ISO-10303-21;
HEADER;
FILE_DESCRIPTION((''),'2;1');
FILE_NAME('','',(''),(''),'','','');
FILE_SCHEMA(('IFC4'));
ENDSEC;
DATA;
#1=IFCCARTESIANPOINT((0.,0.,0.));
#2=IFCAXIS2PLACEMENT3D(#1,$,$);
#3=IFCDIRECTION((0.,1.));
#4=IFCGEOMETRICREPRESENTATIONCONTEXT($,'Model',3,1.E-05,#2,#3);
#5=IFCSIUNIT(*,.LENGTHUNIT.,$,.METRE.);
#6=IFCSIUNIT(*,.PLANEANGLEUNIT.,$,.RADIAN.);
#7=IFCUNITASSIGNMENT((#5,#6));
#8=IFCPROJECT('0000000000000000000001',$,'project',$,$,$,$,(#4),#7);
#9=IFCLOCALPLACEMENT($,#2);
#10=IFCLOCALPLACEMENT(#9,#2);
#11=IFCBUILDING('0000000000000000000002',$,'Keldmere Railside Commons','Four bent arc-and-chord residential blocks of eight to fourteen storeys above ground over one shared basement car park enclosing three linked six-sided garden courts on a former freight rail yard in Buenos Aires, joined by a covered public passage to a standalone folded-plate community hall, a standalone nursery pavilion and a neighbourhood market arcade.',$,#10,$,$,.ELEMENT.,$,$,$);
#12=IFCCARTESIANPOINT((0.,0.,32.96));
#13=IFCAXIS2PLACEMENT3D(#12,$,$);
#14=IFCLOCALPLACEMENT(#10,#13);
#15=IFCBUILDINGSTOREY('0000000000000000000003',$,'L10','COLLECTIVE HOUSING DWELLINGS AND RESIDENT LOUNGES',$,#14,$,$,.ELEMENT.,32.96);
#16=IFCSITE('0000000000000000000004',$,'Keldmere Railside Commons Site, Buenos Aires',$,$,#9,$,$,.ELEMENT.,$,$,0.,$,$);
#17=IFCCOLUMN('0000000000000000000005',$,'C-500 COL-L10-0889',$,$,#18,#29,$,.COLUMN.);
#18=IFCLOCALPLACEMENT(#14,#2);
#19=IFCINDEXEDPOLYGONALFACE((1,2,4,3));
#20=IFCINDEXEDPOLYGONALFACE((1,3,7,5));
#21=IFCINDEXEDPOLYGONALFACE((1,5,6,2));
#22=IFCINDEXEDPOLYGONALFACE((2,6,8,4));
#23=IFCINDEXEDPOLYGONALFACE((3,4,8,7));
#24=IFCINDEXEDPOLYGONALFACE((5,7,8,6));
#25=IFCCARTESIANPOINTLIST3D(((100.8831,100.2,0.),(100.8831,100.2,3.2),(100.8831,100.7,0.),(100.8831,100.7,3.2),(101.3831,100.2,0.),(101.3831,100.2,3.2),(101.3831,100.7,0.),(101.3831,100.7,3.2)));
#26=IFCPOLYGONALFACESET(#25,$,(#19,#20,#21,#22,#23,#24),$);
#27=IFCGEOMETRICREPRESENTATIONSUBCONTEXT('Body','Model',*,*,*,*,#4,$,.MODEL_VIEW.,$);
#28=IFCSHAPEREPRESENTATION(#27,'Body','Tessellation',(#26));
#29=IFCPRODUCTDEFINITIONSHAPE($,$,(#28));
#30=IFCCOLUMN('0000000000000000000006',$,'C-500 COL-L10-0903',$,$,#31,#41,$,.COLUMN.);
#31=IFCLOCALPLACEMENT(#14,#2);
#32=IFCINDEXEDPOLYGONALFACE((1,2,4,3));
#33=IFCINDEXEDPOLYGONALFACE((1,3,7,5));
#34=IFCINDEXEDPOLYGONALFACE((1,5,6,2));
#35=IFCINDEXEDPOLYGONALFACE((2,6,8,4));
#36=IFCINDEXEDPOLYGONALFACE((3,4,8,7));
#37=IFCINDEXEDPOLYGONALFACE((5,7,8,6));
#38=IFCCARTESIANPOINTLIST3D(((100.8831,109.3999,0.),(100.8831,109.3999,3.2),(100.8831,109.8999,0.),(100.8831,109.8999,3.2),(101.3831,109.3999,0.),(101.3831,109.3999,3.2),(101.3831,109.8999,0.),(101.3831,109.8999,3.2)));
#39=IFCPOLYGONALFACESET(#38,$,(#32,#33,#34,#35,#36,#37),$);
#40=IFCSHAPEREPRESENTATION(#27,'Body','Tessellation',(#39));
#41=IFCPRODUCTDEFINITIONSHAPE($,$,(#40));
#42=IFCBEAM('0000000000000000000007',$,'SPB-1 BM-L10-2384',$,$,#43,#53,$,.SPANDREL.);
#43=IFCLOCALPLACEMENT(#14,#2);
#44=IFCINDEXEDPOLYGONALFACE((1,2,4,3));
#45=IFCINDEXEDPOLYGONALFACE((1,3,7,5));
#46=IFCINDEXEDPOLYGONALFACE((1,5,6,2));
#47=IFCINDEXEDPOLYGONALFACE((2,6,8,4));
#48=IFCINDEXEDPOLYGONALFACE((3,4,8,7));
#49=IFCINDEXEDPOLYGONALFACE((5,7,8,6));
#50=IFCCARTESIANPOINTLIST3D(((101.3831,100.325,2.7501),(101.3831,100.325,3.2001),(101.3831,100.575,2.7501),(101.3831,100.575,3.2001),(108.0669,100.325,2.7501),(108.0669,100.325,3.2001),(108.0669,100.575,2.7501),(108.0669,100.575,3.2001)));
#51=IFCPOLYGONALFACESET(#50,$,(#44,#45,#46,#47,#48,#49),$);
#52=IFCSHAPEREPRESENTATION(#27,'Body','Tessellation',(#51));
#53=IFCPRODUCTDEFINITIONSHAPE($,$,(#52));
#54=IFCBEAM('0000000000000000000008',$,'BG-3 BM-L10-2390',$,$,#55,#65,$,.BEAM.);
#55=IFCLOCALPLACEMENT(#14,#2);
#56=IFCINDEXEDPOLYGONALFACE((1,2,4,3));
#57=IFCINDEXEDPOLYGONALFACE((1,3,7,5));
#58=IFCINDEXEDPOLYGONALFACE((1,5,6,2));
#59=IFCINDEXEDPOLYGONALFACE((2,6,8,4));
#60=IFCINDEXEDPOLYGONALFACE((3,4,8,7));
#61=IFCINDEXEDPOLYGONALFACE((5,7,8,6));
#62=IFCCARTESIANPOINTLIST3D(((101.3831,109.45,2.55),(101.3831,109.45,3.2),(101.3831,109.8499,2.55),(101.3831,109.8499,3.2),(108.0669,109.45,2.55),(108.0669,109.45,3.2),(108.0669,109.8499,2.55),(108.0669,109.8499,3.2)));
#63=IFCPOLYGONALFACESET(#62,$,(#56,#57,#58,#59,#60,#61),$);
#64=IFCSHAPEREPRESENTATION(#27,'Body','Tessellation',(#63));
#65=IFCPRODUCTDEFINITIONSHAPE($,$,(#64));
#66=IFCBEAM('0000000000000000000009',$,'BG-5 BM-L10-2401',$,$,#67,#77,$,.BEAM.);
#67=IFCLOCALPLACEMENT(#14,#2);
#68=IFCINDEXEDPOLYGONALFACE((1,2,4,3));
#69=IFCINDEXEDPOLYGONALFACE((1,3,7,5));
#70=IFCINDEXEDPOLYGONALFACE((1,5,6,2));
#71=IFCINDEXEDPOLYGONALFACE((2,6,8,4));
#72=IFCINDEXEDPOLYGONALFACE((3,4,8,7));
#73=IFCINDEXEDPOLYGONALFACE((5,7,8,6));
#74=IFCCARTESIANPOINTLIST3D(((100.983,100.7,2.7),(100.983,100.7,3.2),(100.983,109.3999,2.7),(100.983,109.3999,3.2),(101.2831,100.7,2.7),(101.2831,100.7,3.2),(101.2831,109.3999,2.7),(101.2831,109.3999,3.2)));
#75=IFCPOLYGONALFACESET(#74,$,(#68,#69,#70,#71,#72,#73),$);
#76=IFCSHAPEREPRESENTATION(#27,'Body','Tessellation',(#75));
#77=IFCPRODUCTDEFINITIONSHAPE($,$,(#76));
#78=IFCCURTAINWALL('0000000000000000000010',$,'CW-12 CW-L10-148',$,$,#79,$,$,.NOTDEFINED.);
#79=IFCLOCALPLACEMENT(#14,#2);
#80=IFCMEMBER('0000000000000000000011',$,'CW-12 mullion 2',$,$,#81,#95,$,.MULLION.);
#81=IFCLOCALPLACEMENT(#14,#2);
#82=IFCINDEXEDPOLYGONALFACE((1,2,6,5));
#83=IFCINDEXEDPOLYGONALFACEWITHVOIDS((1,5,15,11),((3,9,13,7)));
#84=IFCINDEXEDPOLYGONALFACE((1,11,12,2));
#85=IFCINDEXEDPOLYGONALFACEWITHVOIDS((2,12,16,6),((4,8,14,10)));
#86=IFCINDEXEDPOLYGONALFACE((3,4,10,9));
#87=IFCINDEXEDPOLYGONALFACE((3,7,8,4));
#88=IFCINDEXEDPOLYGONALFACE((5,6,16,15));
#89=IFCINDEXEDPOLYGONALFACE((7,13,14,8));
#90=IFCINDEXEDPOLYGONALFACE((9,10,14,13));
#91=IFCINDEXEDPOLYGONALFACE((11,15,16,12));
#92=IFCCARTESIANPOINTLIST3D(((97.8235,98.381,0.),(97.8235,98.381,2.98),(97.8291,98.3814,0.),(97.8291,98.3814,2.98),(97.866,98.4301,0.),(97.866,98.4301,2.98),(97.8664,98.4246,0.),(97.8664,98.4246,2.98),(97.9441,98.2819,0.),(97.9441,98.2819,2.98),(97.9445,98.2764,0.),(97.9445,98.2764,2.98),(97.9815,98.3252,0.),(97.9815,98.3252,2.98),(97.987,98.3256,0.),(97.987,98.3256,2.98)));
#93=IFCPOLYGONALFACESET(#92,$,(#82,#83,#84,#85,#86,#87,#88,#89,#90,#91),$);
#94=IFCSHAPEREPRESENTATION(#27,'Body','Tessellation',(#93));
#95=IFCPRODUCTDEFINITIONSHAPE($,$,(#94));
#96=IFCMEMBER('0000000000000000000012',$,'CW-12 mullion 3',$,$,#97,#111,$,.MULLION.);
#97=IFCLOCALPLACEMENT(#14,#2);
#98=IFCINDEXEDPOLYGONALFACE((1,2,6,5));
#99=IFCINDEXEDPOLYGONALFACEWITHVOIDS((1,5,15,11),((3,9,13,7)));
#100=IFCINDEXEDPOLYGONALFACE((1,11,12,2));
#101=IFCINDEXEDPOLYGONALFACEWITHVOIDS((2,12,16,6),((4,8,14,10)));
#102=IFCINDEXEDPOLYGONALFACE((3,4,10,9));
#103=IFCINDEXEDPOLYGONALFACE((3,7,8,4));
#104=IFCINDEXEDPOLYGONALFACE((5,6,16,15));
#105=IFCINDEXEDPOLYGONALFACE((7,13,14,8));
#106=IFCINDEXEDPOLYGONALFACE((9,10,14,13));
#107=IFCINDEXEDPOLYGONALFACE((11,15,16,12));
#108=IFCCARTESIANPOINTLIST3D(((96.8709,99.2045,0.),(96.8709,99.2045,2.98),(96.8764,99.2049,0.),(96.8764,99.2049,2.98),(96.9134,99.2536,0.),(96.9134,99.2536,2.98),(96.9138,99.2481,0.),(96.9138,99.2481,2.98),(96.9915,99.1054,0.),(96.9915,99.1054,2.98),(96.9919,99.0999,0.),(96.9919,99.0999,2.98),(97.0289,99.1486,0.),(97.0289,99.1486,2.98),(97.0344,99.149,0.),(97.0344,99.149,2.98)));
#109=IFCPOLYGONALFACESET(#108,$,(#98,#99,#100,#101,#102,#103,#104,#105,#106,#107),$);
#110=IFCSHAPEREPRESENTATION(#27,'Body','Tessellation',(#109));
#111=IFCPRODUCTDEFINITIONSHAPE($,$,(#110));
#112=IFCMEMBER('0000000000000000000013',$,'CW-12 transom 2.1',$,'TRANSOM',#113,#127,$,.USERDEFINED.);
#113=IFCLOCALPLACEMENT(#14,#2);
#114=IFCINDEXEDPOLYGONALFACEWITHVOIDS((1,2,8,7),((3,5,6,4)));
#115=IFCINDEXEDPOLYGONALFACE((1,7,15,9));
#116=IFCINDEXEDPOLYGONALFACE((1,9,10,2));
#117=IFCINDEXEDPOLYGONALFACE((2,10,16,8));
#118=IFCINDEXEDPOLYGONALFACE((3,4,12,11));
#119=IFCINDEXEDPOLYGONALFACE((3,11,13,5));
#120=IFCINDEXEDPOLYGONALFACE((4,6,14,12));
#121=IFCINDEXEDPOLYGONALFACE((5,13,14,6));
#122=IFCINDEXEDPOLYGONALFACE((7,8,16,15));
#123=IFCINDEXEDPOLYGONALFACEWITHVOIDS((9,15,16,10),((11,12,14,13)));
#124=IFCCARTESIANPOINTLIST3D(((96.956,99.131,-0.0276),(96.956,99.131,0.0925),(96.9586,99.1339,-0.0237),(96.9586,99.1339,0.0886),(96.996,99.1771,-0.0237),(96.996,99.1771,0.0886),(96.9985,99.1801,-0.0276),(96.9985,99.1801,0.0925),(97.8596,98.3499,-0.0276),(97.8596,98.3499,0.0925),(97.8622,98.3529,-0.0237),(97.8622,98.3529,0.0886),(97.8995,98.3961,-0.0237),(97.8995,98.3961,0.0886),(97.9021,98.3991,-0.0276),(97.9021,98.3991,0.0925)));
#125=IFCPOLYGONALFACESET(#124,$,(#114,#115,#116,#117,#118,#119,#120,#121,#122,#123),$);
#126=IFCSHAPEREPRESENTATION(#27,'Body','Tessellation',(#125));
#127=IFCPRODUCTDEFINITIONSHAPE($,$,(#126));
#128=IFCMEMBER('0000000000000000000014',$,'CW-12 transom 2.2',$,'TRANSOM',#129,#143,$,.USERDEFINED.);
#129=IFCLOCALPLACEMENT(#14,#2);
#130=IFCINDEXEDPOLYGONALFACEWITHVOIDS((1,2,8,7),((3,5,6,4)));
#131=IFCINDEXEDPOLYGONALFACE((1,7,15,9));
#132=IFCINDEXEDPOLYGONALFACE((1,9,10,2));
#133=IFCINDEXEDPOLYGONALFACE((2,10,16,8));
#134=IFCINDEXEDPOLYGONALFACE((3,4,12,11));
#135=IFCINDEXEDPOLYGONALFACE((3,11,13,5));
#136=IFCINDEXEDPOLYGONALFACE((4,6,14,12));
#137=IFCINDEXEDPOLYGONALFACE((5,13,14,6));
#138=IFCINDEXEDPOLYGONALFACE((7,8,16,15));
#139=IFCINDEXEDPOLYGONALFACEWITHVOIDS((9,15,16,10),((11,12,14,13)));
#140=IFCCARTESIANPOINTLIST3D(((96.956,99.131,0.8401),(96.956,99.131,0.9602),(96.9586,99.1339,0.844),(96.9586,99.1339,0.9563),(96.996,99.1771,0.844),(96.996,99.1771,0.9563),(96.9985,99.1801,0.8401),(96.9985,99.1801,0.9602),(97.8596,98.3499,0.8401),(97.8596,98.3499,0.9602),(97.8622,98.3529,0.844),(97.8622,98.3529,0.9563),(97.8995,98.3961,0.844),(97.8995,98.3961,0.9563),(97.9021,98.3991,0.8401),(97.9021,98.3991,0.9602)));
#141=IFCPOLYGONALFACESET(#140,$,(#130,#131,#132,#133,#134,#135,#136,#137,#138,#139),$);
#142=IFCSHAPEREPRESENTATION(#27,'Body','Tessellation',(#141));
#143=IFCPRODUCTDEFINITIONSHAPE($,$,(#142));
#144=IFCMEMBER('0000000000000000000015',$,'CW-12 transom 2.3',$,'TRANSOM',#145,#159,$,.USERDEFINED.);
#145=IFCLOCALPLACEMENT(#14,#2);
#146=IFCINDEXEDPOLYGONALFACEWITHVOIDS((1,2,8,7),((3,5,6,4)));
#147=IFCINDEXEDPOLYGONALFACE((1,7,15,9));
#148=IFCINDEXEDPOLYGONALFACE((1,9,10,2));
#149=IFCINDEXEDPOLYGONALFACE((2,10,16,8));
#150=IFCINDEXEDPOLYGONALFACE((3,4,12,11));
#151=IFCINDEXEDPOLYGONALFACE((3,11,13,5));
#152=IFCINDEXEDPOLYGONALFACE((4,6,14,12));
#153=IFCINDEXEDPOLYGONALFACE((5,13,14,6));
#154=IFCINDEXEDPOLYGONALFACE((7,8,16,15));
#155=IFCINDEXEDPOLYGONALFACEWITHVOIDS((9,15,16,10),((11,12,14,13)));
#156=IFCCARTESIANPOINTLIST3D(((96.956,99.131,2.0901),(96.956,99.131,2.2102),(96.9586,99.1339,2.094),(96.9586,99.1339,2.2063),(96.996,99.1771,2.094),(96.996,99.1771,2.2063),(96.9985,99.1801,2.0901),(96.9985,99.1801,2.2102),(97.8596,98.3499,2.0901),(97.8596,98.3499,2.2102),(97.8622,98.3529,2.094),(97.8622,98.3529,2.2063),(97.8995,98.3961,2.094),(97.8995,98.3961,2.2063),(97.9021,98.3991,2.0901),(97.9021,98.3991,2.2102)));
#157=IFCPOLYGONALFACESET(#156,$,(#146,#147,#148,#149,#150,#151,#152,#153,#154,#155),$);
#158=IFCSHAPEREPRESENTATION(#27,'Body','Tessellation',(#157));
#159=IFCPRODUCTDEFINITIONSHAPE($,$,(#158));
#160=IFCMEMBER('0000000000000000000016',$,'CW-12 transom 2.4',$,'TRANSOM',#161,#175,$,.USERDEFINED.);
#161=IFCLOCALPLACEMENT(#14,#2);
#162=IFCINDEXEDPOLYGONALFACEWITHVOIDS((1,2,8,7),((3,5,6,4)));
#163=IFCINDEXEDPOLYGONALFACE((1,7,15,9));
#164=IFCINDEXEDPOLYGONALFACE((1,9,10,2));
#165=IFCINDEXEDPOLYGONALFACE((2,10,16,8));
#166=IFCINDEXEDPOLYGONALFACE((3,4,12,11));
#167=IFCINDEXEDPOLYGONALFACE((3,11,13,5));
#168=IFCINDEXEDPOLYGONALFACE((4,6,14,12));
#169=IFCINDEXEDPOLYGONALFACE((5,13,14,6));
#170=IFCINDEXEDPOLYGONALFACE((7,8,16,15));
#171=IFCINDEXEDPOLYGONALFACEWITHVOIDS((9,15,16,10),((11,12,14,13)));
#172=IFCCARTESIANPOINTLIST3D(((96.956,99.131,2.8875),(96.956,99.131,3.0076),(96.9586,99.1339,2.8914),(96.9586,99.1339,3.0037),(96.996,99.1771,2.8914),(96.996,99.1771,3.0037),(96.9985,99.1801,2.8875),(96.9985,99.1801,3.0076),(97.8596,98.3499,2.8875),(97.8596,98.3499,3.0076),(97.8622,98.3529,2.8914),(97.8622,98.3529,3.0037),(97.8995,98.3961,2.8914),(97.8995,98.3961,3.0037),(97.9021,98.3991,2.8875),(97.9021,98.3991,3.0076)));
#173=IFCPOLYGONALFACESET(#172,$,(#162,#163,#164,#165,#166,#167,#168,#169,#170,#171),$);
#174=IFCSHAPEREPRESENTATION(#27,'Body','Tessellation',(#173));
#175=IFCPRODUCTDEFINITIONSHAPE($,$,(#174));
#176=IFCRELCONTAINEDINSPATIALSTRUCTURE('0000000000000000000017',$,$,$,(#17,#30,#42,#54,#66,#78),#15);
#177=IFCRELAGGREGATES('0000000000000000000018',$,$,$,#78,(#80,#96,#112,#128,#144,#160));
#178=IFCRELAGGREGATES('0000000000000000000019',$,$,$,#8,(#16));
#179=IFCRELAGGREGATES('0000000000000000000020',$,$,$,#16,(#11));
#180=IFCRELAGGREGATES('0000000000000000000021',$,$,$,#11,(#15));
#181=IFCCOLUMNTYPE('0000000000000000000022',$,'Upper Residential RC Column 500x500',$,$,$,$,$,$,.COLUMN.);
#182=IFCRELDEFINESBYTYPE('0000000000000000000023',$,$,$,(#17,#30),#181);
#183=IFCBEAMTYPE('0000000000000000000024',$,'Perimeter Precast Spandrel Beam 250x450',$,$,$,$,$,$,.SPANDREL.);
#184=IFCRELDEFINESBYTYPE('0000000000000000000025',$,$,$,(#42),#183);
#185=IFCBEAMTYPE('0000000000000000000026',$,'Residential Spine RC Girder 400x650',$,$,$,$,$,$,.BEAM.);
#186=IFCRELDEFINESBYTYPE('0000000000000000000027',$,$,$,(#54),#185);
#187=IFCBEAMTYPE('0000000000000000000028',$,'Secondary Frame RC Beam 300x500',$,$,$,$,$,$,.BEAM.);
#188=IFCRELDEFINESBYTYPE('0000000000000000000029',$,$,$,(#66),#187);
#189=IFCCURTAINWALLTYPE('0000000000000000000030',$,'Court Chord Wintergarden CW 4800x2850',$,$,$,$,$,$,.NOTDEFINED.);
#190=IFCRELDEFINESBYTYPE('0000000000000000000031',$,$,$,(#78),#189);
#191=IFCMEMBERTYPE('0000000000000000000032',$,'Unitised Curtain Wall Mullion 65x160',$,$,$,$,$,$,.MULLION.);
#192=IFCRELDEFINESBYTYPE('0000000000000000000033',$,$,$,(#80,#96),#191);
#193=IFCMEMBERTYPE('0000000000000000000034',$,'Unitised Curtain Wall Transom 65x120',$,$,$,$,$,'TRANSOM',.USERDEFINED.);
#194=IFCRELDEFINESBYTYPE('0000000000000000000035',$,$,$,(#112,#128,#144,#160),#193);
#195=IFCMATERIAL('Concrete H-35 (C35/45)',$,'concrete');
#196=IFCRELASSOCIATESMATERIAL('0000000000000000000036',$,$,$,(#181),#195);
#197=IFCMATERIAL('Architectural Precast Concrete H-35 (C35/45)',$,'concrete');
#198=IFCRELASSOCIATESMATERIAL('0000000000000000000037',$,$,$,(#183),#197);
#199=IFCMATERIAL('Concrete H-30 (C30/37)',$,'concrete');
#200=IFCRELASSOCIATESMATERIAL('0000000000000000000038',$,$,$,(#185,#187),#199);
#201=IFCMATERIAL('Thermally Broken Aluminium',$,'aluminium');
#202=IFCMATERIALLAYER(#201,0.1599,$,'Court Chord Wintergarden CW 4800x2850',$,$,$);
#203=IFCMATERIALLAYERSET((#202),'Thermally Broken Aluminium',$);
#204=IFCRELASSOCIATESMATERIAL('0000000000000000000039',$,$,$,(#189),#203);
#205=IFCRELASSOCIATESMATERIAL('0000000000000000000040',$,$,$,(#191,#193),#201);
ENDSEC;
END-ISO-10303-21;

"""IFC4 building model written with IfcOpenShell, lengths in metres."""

from ifc_helpers import new_model, si_unit, direction, frame, origin, origin_2d, place, context, subcontext, project, spatial, rectangle, hollow_rectangle, extrude, material, layer, layer_set, material_profile, profile_set, type_object, element, aggregate, save


model = new_model("IFC4")

# Units and contexts
model_context = context("Model", 3, precision=1e-05, world=origin(), true_north=direction((0.0, 1.0)))
body_context = subcontext(model_context, "Body", "Model", "MODEL_VIEW")
ifc_project = project(units=[si_unit("LENGTHUNIT", "METRE"), si_unit("PLANEANGLEUNIT", "RADIAN")], contexts=[model_context])

# Site, building, storey
site_placement = place(None, origin())
site = spatial("IfcSite", under=ifc_project, at=site_placement, Name="Keldmere Railside Commons Site, Buenos Aires", CompositionType="ELEMENT", RefElevation=0.0)
building_placement = place(site_placement, origin())
building = spatial("IfcBuilding", under=site, at=building_placement, Name="Keldmere Railside Commons", Description="Four bent arc-and-chord residential blocks of eight to fourteen storeys above ground over one shared basement car park enclosing three linked six-sided garden courts on a former freight rail yard in Buenos Aires, joined by a covered public passage to a standalone folded-plate community hall, a standalone nursery pavilion and a neighbourhood market arcade.", CompositionType="ELEMENT")
storey_placement = place(building_placement, frame((0.0, 0.0, 32.96)))
storey = spatial("IfcBuildingStorey", under=building, at=storey_placement, Name="L10", Description="COLLECTIVE HOUSING DWELLINGS AND RESIDENT LOUNGES", CompositionType="ELEMENT", Elevation=32.96)

# Columns
ifc_material_1 = material(Name="Concrete H-35 (C35/45)", Category="concrete")
ifc_material_profile_1 = material_profile(ifc_material_1, rectangle(XDim=0.5, YDim=0.5, at=origin_2d()), Name="RC-500x500")
ifc_profile_set_1 = profile_set([ifc_material_profile_1], Name="Concrete H-35 (C35/45)")
column_type = type_object("IfcColumnType", Name="Upper Residential RC Column 500x500", PredefinedType="COLUMN", material=ifc_profile_set_1)
for number, where, z_axis, x_axis, name in (
    (1, (101.1331, 100.45, 0.0), (0.0, 0.0, 1.0), (1.0, 0.0, 0.0), "C-500 COL-L10-0889"),
    (2, (101.1331, 109.6499, 0.0), (0.0, 0.0, 1.0), (1.0, 0.0, 0.0), "C-500 COL-L10-0903"),
):
    element("IfcColumn", number, at=place(storey_placement, frame(where, z_axis=z_axis, x_axis=x_axis)), inside=storey, type_object=column_type, Name=name, PredefinedType="COLUMN", context=body_context, shape_type="SweptSolid", body=[
        extrude(rectangle(XDim=0.5, YDim=0.5, at=origin_2d()), origin(), (0.0, 0.0, 1.0), 3.2),
    ])

# Beams
ifc_material_2 = material(Name="Architectural Precast Concrete H-35 (C35/45)", Category="concrete")
ifc_material_profile_2 = material_profile(ifc_material_2, rectangle(XDim=0.25, YDim=0.45, at=origin_2d()), Name="RC-250x450")
ifc_profile_set_2 = profile_set([ifc_material_profile_2], Name="Architectural Precast Concrete H-35 (C35/45)")
beam_type_1 = type_object("IfcBeamType", Name="Perimeter Precast Spandrel Beam 250x450", PredefinedType="SPANDREL", material=ifc_profile_set_2)
beam_1_placement = place(storey_placement, frame((101.3831, 100.45, 2.9751), z_axis=(1.0, 0.0, 0.0), x_axis=(0.0, 1.0, 0.0)))
element("IfcBeam", 3, at=beam_1_placement, inside=storey, type_object=beam_type_1, Name="SPB-1 BM-L10-2384", PredefinedType="SPANDREL", context=body_context, shape_type="SweptSolid", body=[
    extrude(rectangle(XDim=0.25, YDim=0.45, at=origin_2d()), origin(), (0.0, 0.0, 1.0), 6.6838),
])
ifc_material_3 = material(Name="Concrete H-30 (C30/37)", Category="concrete")
ifc_material_profile_3 = material_profile(ifc_material_3, rectangle(XDim=0.3999, YDim=0.6499, at=origin_2d()), Name="RC-400x650")
ifc_profile_set_3 = profile_set([ifc_material_profile_3], Name="Concrete H-30 (C30/37)")
beam_type_2 = type_object("IfcBeamType", Name="Residential Spine RC Girder 400x650", PredefinedType="BEAM", material=ifc_profile_set_3)
beam_2_placement = place(storey_placement, frame((101.3831, 109.6499, 2.875), z_axis=(1.0, 0.0, 0.0), x_axis=(0.0, 1.0, 0.0)))
element("IfcBeam", 4, at=beam_2_placement, inside=storey, type_object=beam_type_2, Name="BG-3 BM-L10-2390", PredefinedType="BEAM", context=body_context, shape_type="SweptSolid", body=[
    extrude(rectangle(XDim=0.3999, YDim=0.6499, at=origin_2d()), origin(), (0.0, 0.0, 1.0), 6.6838),
])
ifc_material_profile_4 = material_profile(ifc_material_3, rectangle(XDim=0.3, YDim=0.5, at=origin_2d()), Name="RC-300x500")
ifc_profile_set_4 = profile_set([ifc_material_profile_4], Name="Concrete H-30 (C30/37)")
beam_type_3 = type_object("IfcBeamType", Name="Secondary Frame RC Beam 300x500", PredefinedType="BEAM", material=ifc_profile_set_4)
beam_3_placement = place(storey_placement, frame((101.1331, 100.7, 2.95), z_axis=(0.0, 1.0, 0.0), x_axis=(-1.0, 0.0, 0.0)))
element("IfcBeam", 5, at=beam_3_placement, inside=storey, type_object=beam_type_3, Name="BG-5 BM-L10-2401", PredefinedType="BEAM", context=body_context, shape_type="SweptSolid", body=[
    extrude(rectangle(XDim=0.3, YDim=0.5, at=origin_2d()), origin(), (0.0, 0.0, 1.0), 8.7),
])

# Curtain wall, members
ifc_material_4 = material(Name="Thermally Broken Aluminium", Category="aluminium")
ifc_layer_1 = layer(ifc_material_4, 0.1599, Name="Court Chord Wintergarden CW 4800x2850")
ifc_layer_set_1 = layer_set([ifc_layer_1], Name="Thermally Broken Aluminium")
curtain_wall_type = type_object("IfcCurtainWallType", Name="Court Chord Wintergarden CW 4800x2850", PredefinedType="NOTDEFINED", material=ifc_layer_set_1)
curtain_wall_placement = place(storey_placement, origin())
curtain_wall = element("IfcCurtainWall", 6, at=curtain_wall_placement, inside=storey, type_object=curtain_wall_type, Name="CW-12 CW-L10-148", PredefinedType="NOTDEFINED")
ifc_material_profile_5 = material_profile(ifc_material_4, hollow_rectangle(XDim=0.0649, YDim=0.1599, WallThickness=0.0039, at=origin_2d()), Name="ALU-MULL-65x160")
ifc_profile_set_5 = profile_set([ifc_material_profile_5], Name="Thermally Broken Aluminium")
member_type_1 = type_object("IfcMemberType", Name="Unitised Curtain Wall Mullion 65x160", PredefinedType="MULLION", material=ifc_profile_set_5)
member_1_placement = place(storey_placement, frame((97.9053, 98.3533, 0.0), z_axis=(0.0, 0.0, 1.0), x_axis=(-0.653882, -0.756597, 0.0)))
member_1 = element("IfcMember", 7, at=member_1_placement, type_object=member_type_1, Name="CW-12 mullion 2", PredefinedType="MULLION", context=body_context, shape_type="SweptSolid", body=[
    extrude(hollow_rectangle(XDim=0.0649, YDim=0.1599, WallThickness=0.0039, at=origin_2d()), origin(), (0.0, 0.0, 1.0), 2.98),
])
member_2_placement = place(storey_placement, frame((96.9526, 99.1768, 0.0), z_axis=(0.0, 0.0, 1.0), x_axis=(-0.653882, -0.756597, 0.0)))
member_2 = element("IfcMember", 8, at=member_2_placement, type_object=member_type_1, Name="CW-12 mullion 3", PredefinedType="MULLION", context=body_context, shape_type="SweptSolid", body=[
    extrude(hollow_rectangle(XDim=0.0649, YDim=0.1599, WallThickness=0.0039, at=origin_2d()), origin(), (0.0, 0.0, 1.0), 2.98),
])
ifc_material_profile_6 = material_profile(ifc_material_4, hollow_rectangle(XDim=0.0649, YDim=0.1201, WallThickness=0.0039, at=origin_2d()), Name="ALU-TRAN-65x120")
ifc_profile_set_6 = profile_set([ifc_material_profile_6], Name="Thermally Broken Aluminium")
member_type_2 = type_object("IfcMemberType", Name="Unitised Curtain Wall Transom 65x120", ElementType="TRANSOM", PredefinedType="USERDEFINED", material=ifc_profile_set_6)
member_3_placement = place(storey_placement, frame((97.8809, 98.3745, 0.0325), z_axis=(-0.756552, 0.653934, 0.0), x_axis=(-0.653934, -0.756552, 0.0)))
member_3 = element("IfcMember", 9, at=member_3_placement, type_object=member_type_2, Name="CW-12 transom 2.1", ObjectType="TRANSOM", PredefinedType="USERDEFINED", context=body_context, shape_type="SweptSolid", body=[
    extrude(hollow_rectangle(XDim=0.0649, YDim=0.1201, WallThickness=0.0039, at=origin_2d()), origin(), (0.0, 0.0, 1.0), 1.1943),
])
member_4_placement = place(storey_placement, frame((97.8809, 98.3745, 0.9001), z_axis=(-0.756552, 0.653934, 0.0), x_axis=(-0.653934, -0.756552, 0.0)))
member_4 = element("IfcMember", 10, at=member_4_placement, type_object=member_type_2, Name="CW-12 transom 2.2", ObjectType="TRANSOM", PredefinedType="USERDEFINED", context=body_context, shape_type="SweptSolid", body=[
    extrude(hollow_rectangle(XDim=0.0649, YDim=0.1201, WallThickness=0.0039, at=origin_2d()), origin(), (0.0, 0.0, 1.0), 1.1943),
])
member_5_placement = place(storey_placement, frame((97.8809, 98.3745, 2.1501), z_axis=(-0.756552, 0.653934, 0.0), x_axis=(-0.653934, -0.756552, 0.0)))
member_5 = element("IfcMember", 11, at=member_5_placement, type_object=member_type_2, Name="CW-12 transom 2.3", ObjectType="TRANSOM", PredefinedType="USERDEFINED", context=body_context, shape_type="SweptSolid", body=[
    extrude(hollow_rectangle(XDim=0.0649, YDim=0.1201, WallThickness=0.0039, at=origin_2d()), origin(), (0.0, 0.0, 1.0), 1.1943),
])
member_6_placement = place(storey_placement, frame((97.8809, 98.3745, 2.9475), z_axis=(-0.756552, 0.653934, 0.0), x_axis=(-0.653934, -0.756552, 0.0)))
member_6 = element("IfcMember", 12, at=member_6_placement, type_object=member_type_2, Name="CW-12 transom 2.4", ObjectType="TRANSOM", PredefinedType="USERDEFINED", context=body_context, shape_type="SweptSolid", body=[
    extrude(hollow_rectangle(XDim=0.0649, YDim=0.1201, WallThickness=0.0039, at=origin_2d()), origin(), (0.0, 0.0, 1.0), 1.1943),
])
aggregate(curtain_wall, [member_1, member_2, member_3, member_4, member_5, member_6])

save(model, "model.ifc")
